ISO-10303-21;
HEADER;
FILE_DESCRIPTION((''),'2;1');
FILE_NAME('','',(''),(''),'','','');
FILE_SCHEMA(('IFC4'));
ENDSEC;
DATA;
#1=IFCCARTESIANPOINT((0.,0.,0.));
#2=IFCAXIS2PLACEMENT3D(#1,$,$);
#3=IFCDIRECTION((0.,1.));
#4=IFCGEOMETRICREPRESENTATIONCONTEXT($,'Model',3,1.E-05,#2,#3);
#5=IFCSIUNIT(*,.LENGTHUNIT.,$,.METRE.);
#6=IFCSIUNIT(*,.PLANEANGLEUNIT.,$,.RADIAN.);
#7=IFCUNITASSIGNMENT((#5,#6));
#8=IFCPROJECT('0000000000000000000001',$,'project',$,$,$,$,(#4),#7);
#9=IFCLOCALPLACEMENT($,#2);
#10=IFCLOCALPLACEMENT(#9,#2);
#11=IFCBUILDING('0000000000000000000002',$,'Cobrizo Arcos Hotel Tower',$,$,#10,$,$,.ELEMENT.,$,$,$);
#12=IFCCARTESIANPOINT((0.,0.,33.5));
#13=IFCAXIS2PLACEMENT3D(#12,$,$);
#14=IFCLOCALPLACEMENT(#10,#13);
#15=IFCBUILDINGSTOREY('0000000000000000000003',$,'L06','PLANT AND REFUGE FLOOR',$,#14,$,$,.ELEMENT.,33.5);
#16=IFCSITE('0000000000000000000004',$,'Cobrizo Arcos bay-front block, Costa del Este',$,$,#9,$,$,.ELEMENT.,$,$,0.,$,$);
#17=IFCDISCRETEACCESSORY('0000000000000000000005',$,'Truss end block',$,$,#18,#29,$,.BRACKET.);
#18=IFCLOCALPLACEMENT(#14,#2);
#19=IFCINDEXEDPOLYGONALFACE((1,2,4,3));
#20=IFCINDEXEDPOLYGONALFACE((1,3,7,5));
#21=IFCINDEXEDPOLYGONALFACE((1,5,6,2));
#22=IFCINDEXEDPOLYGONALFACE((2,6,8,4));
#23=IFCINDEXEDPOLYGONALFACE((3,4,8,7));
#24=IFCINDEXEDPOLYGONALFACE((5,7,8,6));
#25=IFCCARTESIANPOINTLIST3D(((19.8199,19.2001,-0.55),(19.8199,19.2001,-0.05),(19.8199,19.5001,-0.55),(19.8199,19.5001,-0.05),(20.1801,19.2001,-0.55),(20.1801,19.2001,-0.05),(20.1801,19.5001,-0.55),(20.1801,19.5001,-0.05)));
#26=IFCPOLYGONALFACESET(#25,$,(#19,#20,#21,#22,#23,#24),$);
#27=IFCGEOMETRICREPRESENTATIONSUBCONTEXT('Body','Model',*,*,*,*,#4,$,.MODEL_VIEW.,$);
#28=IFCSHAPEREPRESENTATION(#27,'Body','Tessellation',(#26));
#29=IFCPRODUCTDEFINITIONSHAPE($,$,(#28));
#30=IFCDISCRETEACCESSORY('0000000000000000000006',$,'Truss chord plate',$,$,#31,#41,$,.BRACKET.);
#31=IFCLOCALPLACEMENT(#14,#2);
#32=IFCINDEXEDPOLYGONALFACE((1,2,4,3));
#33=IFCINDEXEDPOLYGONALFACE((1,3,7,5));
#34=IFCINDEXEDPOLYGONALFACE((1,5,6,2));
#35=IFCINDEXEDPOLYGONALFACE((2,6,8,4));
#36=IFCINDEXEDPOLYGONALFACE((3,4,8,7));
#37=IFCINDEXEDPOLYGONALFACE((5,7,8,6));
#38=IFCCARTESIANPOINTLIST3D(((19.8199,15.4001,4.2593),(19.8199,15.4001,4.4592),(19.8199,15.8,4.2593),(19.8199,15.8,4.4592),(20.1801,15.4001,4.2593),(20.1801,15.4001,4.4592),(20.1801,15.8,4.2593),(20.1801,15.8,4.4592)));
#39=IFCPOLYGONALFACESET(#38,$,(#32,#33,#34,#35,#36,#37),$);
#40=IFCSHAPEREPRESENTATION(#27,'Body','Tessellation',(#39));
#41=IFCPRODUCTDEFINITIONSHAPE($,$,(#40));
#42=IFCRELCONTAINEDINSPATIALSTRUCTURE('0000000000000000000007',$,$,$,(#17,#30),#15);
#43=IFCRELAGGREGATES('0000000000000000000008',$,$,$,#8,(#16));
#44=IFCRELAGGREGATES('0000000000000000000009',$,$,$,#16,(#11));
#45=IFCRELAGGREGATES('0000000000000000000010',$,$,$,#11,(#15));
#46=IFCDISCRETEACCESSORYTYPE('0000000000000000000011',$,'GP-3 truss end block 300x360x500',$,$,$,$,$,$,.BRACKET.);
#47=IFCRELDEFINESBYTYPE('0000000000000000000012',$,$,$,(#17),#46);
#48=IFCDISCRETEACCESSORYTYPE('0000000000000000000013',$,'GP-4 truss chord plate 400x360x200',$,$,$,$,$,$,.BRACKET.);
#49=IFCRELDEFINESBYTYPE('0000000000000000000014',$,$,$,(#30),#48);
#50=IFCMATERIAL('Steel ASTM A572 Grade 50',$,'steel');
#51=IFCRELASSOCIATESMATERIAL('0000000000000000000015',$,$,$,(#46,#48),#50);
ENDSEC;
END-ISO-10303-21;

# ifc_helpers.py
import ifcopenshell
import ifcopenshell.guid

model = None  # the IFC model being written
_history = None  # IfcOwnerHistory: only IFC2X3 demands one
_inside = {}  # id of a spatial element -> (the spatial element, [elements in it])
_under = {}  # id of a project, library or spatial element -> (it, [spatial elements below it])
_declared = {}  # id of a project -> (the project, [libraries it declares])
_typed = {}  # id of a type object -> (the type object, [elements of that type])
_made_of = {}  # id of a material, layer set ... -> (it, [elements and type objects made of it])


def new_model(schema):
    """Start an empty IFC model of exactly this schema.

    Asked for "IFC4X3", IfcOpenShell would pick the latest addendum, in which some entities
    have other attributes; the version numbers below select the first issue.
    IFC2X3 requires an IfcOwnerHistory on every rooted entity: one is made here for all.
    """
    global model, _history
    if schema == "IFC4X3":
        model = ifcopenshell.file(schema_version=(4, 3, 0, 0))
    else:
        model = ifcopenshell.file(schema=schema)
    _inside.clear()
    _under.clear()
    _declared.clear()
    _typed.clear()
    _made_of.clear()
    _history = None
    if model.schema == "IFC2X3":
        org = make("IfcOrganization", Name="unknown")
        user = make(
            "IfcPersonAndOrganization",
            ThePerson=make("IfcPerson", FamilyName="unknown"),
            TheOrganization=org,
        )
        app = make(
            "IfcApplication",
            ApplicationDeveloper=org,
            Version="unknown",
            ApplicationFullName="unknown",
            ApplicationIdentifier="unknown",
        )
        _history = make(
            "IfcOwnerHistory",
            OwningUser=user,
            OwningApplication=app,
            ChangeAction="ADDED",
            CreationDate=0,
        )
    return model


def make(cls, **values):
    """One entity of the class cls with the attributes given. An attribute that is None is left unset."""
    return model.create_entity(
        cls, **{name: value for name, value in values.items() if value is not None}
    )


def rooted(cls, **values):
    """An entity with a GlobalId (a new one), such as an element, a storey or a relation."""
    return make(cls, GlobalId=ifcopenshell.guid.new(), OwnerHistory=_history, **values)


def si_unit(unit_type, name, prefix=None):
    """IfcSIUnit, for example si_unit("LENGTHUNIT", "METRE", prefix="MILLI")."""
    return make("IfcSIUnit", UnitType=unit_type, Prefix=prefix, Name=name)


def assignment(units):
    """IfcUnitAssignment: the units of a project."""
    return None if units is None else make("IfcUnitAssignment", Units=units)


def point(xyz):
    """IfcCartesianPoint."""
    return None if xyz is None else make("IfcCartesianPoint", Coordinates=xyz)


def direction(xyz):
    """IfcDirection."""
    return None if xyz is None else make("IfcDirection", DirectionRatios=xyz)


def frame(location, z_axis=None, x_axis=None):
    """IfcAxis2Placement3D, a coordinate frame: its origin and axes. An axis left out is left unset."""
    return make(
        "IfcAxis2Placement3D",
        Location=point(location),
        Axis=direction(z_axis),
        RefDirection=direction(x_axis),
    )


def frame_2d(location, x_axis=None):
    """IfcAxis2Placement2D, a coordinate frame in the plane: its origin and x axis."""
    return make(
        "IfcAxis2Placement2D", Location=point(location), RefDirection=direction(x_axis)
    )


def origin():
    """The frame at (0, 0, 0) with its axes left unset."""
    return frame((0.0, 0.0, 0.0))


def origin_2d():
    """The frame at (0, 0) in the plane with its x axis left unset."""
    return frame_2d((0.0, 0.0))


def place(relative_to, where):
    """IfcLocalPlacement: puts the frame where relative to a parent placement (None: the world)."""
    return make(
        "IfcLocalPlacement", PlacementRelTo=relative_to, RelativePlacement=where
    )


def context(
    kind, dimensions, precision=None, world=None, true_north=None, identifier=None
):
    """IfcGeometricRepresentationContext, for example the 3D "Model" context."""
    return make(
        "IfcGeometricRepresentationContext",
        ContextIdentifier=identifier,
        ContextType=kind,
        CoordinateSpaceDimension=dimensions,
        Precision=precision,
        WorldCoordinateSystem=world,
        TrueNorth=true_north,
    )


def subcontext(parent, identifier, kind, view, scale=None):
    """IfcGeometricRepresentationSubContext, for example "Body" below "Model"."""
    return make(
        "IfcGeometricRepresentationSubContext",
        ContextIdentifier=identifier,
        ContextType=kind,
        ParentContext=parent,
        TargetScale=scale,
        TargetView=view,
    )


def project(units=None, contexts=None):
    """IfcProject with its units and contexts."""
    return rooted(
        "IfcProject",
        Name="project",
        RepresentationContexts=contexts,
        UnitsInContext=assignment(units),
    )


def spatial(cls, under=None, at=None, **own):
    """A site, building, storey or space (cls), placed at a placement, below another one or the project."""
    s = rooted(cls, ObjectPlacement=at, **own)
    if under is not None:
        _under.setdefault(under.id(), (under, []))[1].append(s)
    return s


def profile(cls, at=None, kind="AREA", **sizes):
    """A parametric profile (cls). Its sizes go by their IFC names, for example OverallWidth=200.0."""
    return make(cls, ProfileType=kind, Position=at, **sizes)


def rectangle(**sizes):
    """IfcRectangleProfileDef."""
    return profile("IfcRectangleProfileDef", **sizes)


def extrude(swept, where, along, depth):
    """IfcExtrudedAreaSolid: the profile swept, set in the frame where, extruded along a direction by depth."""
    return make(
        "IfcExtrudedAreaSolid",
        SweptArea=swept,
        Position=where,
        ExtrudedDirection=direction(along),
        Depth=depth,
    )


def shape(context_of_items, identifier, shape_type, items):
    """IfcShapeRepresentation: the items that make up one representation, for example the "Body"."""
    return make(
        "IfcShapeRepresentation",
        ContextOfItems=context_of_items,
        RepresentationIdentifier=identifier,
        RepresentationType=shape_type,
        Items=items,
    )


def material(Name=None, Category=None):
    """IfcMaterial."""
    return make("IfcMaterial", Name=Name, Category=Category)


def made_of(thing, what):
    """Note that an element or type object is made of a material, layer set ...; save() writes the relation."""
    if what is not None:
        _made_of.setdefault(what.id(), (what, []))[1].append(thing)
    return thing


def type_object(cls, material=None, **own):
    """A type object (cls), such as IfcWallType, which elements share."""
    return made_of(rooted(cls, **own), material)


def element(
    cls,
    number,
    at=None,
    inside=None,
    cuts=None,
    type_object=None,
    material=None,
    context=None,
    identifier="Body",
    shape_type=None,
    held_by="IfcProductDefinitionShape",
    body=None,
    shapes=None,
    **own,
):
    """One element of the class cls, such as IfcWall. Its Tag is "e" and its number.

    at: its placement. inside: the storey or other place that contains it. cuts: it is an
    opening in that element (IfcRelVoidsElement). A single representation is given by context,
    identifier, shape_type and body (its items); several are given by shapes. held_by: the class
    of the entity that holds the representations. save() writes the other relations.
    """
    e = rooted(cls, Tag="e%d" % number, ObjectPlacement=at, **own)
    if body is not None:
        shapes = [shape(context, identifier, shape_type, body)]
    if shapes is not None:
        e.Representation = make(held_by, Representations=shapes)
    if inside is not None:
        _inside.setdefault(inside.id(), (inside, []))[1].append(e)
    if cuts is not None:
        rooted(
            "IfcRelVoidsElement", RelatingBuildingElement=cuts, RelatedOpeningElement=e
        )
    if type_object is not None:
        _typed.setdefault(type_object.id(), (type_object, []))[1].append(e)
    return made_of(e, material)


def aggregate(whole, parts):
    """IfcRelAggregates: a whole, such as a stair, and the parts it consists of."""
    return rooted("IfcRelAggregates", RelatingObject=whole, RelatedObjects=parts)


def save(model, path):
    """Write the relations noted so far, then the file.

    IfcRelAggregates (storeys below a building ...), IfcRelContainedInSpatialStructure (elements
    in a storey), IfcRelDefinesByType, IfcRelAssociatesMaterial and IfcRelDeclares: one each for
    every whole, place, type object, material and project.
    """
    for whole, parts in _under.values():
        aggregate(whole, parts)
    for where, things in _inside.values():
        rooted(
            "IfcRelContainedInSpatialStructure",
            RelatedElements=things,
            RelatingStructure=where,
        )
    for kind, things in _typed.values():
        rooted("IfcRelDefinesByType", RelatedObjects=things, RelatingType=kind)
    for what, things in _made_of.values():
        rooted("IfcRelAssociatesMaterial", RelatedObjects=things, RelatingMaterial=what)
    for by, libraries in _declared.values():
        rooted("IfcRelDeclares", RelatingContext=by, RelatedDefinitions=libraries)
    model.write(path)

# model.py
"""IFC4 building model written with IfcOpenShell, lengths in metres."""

from ifc_helpers import new_model, si_unit, direction, frame, origin, origin_2d, place, context, subcontext, project, spatial, rectangle, extrude, material, type_object, element, save


model = new_model("IFC4")

# Units and contexts
model_context = context("Model", 3, precision=1e-05, world=origin(), true_north=direction((0.0, 1.0)))
body_context = subcontext(model_context, "Body", "Model", "MODEL_VIEW")
ifc_project = project(units=[si_unit("LENGTHUNIT", "METRE"), si_unit("PLANEANGLEUNIT", "RADIAN")], contexts=[model_context])

# Site, building, storey
site_placement = place(None, origin())
site = spatial("IfcSite", under=ifc_project, at=site_placement, Name="Cobrizo Arcos bay-front block, Costa del Este", CompositionType="ELEMENT", RefElevation=0.0)
building_placement = place(site_placement, origin())
building = spatial("IfcBuilding", under=site, at=building_placement, Name="Cobrizo Arcos Hotel Tower", CompositionType="ELEMENT")
storey_placement = place(building_placement, frame((0.0, 0.0, 33.5)))
storey = spatial("IfcBuildingStorey", under=building, at=storey_placement, Name="L06", Description="PLANT AND REFUGE FLOOR", CompositionType="ELEMENT", Elevation=33.5)

# Shared definitions
ifc_material_1 = material(Name="Steel ASTM A572 Grade 50", Category="steel")

# Discrete accessories
discrete_accessory_type_1 = type_object("IfcDiscreteAccessoryType", Name="GP-3 truss end block 300x360x500", PredefinedType="BRACKET", material=ifc_material_1)
for number, where, z_axis, x_axis, name in (
    (1, (20.0, 19.3501, -0.55), (0.0, 0.0, 1.0), (0.0, -1.0, 0.0), "Truss end block"),
):
    element("IfcDiscreteAccessory", number, at=place(storey_placement, frame(where, z_axis=z_axis, x_axis=x_axis)), inside=storey, type_object=discrete_accessory_type_1, Name=name, PredefinedType="BRACKET", context=body_context, shape_type="SweptSolid", body=[
        extrude(rectangle(XDim=0.3, YDim=0.3601, at=origin_2d()), origin(), (0.0, 0.0, 1.0), 0.5),
    ])
discrete_accessory_type_2 = type_object("IfcDiscreteAccessoryType", Name="GP-4 truss chord plate 400x360x200", PredefinedType="BRACKET", material=ifc_material_1)
discrete_accessory_placement = place(storey_placement, frame((20.0, 15.6001, 4.2593), z_axis=(0.0, 0.0, 1.0), x_axis=(0.0, 1.0, 0.0)))
element("IfcDiscreteAccessory", 2, at=discrete_accessory_placement, inside=storey, type_object=discrete_accessory_type_2, Name="Truss chord plate", PredefinedType="BRACKET", context=body_context, shape_type="SweptSolid", body=[
    extrude(rectangle(XDim=0.3999, YDim=0.3601, at=origin_2d()), origin(), (0.0, 0.0, 1.0), 0.2),
])

save(model, "model.ifc")
